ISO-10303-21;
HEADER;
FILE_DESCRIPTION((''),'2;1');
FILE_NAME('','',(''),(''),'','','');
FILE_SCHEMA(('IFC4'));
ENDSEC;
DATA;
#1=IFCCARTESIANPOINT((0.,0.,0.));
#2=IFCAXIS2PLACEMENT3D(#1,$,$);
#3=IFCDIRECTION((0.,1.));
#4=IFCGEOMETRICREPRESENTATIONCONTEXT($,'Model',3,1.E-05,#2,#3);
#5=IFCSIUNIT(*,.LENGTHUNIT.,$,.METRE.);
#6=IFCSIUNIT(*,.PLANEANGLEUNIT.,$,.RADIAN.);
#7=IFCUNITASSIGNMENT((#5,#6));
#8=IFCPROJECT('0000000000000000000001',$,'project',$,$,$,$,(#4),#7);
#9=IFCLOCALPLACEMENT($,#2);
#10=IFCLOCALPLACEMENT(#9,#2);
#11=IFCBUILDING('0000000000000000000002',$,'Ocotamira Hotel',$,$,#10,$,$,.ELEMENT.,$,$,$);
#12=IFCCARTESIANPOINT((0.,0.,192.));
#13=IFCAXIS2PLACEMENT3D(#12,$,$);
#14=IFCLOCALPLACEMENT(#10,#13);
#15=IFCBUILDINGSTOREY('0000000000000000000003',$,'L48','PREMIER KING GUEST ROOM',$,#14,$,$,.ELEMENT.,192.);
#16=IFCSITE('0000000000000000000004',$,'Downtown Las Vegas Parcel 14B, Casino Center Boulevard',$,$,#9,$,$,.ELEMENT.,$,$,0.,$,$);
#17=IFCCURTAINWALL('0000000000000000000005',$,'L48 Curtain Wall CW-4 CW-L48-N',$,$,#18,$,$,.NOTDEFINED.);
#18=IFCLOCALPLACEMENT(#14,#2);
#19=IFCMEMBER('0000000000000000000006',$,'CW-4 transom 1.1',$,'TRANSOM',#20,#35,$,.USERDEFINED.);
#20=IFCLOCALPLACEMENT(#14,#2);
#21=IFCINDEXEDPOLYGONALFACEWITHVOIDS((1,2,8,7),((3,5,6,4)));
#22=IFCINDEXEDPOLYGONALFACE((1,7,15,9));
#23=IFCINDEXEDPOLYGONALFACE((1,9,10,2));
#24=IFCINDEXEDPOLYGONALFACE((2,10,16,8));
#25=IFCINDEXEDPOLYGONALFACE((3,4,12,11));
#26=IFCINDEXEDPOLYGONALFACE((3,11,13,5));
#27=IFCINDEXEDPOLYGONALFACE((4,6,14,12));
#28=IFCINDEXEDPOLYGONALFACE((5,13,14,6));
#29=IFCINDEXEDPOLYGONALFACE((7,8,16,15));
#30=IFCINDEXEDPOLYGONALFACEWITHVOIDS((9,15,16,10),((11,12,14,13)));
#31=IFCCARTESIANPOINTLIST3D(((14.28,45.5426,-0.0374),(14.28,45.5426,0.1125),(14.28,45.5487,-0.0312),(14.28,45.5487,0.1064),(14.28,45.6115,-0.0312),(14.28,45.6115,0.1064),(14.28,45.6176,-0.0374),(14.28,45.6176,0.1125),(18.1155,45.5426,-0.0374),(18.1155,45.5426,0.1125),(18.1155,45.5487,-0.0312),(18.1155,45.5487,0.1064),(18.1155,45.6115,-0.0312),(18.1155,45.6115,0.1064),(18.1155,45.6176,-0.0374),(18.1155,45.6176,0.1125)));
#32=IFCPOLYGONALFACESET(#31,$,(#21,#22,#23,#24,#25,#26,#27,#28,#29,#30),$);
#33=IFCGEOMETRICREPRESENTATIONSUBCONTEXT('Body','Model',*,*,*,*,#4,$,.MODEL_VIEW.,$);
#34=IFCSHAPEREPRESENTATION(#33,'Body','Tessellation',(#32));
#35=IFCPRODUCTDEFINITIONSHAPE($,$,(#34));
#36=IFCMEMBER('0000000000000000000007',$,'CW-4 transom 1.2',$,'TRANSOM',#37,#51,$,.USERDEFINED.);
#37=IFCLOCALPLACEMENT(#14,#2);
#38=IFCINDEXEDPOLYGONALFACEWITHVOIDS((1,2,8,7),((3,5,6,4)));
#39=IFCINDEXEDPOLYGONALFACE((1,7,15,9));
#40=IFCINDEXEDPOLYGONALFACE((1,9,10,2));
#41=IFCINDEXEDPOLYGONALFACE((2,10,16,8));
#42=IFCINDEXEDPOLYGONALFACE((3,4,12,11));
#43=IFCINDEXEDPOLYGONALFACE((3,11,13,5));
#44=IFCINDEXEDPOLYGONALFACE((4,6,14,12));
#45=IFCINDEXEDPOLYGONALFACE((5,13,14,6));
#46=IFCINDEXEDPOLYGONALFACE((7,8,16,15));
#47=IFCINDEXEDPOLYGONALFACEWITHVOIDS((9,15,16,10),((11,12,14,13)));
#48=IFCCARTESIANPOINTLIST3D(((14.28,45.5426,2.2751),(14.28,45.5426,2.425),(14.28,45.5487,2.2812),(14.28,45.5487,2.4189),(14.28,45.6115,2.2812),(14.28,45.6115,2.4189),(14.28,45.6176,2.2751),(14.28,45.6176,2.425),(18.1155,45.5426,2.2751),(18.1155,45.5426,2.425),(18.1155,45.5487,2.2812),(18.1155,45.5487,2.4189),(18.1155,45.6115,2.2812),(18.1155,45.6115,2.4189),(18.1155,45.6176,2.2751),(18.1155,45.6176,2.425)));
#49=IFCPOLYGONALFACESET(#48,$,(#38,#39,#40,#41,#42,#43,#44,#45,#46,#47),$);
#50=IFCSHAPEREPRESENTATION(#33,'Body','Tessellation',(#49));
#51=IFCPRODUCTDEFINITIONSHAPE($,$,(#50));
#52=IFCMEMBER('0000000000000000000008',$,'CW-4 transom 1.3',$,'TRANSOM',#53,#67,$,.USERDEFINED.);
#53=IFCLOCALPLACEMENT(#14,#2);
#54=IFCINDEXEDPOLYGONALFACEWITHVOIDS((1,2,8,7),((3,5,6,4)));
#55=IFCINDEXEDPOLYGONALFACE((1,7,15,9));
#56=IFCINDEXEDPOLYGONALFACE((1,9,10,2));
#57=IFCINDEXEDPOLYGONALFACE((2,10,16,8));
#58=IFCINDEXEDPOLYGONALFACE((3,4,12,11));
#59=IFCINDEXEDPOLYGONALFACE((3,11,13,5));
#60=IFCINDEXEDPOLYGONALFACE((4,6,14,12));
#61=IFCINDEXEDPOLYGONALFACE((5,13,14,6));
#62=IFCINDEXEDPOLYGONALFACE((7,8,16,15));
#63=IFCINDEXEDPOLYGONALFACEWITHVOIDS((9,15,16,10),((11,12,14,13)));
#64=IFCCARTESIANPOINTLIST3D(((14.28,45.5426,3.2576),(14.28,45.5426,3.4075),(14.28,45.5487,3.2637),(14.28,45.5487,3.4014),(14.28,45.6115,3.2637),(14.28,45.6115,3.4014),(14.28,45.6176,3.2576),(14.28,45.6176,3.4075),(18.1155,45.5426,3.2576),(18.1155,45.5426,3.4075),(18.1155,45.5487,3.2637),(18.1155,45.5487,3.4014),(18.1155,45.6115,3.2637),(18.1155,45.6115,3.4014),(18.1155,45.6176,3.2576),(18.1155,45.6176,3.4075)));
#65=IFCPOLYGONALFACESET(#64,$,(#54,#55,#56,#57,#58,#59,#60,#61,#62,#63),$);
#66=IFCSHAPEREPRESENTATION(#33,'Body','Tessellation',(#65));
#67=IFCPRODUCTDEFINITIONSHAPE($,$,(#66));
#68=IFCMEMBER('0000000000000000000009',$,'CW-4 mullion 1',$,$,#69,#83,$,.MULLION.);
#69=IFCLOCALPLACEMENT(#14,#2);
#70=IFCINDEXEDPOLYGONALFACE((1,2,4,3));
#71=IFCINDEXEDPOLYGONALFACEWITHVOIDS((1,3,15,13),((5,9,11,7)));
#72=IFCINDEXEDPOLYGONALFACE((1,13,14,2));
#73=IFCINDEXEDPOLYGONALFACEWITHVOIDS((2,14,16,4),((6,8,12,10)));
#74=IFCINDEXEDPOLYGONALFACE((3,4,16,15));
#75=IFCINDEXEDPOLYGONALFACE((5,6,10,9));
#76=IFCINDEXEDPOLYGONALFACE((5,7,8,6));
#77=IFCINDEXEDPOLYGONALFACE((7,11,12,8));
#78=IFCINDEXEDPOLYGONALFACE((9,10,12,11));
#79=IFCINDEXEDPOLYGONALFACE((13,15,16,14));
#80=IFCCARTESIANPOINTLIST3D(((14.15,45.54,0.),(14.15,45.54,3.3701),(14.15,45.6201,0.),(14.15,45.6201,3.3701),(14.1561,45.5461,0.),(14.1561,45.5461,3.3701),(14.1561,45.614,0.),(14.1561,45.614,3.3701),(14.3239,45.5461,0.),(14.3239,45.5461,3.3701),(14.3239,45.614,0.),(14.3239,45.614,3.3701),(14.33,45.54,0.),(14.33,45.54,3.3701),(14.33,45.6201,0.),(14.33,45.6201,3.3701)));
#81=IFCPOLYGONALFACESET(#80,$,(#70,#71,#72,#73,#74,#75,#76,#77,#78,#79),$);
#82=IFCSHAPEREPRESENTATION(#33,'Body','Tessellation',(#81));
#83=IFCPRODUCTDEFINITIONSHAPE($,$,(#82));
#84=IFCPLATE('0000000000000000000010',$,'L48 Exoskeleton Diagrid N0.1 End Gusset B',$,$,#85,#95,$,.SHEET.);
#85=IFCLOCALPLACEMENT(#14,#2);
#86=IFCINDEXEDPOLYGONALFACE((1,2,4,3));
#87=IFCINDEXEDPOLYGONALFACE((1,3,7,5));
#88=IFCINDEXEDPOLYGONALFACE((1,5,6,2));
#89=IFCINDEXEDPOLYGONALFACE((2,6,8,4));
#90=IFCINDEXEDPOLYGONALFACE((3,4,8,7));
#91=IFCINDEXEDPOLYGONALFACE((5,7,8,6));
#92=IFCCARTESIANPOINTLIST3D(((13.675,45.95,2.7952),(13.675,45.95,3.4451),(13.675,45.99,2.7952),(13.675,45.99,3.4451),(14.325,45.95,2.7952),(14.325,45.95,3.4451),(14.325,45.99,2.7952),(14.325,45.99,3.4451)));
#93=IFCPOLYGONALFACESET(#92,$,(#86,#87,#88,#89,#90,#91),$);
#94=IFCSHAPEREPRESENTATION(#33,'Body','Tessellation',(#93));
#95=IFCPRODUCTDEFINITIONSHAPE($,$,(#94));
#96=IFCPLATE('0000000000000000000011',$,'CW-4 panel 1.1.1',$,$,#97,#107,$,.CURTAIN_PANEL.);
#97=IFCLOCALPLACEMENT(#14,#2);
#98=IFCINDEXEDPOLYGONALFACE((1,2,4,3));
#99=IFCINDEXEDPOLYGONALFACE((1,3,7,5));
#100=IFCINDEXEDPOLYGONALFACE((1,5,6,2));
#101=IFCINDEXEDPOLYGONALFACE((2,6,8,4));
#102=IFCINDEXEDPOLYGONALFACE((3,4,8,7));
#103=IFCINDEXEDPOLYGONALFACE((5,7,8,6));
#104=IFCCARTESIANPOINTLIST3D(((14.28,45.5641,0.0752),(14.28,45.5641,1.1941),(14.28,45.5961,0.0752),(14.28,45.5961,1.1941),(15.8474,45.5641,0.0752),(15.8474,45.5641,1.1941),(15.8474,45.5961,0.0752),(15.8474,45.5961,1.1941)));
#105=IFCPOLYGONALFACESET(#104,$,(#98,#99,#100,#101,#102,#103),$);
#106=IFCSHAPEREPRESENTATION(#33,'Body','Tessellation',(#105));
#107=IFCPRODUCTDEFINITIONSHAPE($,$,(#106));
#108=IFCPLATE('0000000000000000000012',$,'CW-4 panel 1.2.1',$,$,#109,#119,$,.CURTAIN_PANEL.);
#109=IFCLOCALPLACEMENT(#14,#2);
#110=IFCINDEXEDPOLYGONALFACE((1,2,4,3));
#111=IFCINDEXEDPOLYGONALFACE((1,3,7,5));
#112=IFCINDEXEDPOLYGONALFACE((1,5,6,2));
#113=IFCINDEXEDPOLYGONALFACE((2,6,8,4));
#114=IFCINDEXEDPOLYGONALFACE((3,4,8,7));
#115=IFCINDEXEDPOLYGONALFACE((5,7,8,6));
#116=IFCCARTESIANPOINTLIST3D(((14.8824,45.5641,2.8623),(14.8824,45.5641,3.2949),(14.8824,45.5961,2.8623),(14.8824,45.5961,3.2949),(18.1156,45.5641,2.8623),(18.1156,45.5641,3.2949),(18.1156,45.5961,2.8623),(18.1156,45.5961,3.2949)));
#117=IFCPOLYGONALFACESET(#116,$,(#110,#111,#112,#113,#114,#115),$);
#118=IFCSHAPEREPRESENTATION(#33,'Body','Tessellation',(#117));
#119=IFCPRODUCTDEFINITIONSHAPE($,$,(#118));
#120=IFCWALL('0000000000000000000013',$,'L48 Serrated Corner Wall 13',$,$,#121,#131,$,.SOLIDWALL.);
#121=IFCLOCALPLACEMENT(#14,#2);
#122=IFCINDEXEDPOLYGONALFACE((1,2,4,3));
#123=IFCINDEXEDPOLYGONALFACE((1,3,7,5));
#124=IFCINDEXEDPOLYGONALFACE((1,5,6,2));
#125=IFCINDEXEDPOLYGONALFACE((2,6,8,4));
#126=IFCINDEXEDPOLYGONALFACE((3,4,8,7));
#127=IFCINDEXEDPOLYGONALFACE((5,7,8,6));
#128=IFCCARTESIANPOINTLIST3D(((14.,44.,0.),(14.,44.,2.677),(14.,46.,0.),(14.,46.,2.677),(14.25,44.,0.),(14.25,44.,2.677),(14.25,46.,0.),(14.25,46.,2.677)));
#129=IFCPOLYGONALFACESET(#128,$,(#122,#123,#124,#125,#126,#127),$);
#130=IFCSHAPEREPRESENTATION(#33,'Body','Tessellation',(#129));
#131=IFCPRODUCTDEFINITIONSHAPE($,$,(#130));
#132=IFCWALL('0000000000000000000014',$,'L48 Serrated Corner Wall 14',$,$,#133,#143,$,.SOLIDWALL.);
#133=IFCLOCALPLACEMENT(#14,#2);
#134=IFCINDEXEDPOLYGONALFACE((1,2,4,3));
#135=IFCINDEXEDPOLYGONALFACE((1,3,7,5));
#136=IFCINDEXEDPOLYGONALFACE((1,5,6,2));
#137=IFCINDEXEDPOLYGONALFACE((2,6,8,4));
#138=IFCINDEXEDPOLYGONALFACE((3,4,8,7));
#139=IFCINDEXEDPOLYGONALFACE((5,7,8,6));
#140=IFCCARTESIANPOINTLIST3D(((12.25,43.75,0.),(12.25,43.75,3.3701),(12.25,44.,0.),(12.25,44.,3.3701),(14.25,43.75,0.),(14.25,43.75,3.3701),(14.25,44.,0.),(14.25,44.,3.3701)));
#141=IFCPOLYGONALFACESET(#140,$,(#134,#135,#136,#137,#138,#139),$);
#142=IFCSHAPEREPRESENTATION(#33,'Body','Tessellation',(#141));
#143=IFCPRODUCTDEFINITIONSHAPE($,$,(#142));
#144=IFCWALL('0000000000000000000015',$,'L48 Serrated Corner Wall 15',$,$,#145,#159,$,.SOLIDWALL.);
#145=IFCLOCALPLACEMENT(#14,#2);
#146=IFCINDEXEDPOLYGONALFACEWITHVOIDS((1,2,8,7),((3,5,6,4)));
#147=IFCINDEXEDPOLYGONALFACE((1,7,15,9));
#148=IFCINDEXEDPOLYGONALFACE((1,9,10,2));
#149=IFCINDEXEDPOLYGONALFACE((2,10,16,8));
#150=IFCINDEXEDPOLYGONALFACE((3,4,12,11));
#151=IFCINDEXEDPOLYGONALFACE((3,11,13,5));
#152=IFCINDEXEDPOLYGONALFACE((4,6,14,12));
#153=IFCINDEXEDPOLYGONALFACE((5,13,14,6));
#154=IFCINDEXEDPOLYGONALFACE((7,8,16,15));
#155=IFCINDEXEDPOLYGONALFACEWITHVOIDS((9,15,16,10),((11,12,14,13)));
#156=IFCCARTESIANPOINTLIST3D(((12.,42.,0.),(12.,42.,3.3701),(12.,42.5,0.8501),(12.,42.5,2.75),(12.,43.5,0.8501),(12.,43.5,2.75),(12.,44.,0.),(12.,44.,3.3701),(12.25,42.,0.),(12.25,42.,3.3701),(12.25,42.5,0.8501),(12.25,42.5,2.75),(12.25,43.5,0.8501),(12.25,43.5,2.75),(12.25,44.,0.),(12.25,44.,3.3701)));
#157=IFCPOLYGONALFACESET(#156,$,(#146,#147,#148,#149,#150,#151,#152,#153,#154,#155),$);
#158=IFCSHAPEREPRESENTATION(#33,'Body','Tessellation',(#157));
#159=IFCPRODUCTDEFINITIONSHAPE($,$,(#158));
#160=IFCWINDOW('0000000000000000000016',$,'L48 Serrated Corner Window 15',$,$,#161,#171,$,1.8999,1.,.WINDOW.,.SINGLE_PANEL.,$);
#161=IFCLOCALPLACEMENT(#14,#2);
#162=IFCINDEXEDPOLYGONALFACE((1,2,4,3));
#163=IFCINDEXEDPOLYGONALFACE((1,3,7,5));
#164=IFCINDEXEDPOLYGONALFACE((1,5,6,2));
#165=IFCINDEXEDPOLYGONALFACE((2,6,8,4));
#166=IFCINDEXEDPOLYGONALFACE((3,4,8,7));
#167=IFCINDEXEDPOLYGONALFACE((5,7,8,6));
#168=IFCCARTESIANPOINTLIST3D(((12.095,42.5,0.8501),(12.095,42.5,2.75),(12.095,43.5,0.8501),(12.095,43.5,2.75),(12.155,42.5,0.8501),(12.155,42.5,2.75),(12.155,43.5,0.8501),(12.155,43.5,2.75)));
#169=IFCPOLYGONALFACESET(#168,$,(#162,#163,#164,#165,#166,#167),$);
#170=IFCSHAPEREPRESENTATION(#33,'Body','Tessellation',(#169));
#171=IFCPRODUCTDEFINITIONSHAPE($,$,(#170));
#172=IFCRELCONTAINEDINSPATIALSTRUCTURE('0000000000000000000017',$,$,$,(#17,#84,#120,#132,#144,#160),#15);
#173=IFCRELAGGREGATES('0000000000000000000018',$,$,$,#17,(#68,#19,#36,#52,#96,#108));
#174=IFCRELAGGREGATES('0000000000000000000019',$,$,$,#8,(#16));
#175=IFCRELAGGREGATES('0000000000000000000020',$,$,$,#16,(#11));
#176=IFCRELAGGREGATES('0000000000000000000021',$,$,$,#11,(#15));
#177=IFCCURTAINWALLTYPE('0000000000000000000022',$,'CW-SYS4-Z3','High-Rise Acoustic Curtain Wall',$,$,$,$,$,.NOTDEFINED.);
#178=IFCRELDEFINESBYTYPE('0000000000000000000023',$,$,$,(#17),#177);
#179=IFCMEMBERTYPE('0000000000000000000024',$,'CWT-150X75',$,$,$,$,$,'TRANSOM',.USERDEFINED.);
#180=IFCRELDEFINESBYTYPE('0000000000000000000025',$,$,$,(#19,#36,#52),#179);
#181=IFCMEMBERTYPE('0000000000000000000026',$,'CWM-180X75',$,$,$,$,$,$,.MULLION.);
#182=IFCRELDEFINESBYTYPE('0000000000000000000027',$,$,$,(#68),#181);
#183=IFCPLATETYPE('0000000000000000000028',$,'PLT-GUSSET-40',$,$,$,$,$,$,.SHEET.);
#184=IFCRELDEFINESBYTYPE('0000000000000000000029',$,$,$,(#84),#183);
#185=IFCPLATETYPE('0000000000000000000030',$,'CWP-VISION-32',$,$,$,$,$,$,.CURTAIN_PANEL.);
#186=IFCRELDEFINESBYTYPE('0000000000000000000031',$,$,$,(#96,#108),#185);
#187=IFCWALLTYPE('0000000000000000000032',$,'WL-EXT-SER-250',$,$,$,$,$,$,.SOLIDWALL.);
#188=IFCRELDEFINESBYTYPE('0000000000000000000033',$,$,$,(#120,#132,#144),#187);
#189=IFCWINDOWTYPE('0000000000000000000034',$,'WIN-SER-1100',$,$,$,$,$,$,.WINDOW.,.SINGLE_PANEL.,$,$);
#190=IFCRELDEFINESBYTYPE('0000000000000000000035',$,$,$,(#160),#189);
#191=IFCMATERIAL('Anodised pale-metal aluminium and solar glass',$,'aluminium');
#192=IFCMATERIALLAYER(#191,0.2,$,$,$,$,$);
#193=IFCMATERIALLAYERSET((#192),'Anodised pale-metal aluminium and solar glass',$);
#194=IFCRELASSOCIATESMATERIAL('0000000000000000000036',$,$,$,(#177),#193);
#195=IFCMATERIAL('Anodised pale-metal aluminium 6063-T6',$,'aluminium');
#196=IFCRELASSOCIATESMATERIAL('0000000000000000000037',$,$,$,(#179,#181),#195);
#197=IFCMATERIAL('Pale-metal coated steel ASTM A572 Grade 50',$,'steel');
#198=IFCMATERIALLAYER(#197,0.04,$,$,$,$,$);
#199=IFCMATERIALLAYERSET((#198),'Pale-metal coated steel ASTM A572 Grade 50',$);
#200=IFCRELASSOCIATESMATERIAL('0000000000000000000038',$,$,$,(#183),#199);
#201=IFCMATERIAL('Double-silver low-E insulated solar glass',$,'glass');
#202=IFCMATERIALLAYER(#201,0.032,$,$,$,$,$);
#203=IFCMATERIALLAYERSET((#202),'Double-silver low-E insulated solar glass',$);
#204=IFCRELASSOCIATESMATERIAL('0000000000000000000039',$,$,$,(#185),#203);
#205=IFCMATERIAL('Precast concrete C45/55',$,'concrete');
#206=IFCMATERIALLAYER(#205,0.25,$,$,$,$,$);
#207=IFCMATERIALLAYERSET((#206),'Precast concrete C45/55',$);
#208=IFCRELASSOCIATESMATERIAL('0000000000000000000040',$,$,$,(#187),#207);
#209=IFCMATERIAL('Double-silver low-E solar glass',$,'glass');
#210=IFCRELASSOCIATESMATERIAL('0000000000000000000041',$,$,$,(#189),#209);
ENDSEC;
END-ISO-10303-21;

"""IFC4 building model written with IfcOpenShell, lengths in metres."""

from ifc_helpers import new_model, si_unit, direction, frame, frame_2d, origin, origin_2d, place, context, subcontext, project, spatial, rectangle, hollow_rectangle, extrude, source, transform, mapped, material, layer, layer_set, material_profile, profile_set, type_object, element, fill, aggregate, save


model = new_model("IFC4")

# Units and contexts
model_context = context("Model", 3, precision=1e-05, world=origin(), true_north=direction((0.0, 1.0)))
body_context = subcontext(model_context, "Body", "Model", "MODEL_VIEW")
ifc_project = project(units=[si_unit("LENGTHUNIT", "METRE"), si_unit("PLANEANGLEUNIT", "RADIAN")], contexts=[model_context])

# Site, building, storey
site_placement = place(None, origin())
site = spatial("IfcSite", under=ifc_project, at=site_placement, Name="Downtown Las Vegas Parcel 14B, Casino Center Boulevard", CompositionType="ELEMENT", RefElevation=0.0)
building_placement = place(site_placement, origin())
building = spatial("IfcBuilding", under=site, at=building_placement, Name="Ocotamira Hotel", CompositionType="ELEMENT")
storey_placement = place(building_placement, frame((0.0, 0.0, 192.0)))
storey = spatial("IfcBuildingStorey", under=building, at=storey_placement, Name="L48", Description="PREMIER KING GUEST ROOM", CompositionType="ELEMENT", Elevation=192.0)

# Curtain wall, members
ifc_material_1 = material(Name="Anodised pale-metal aluminium and solar glass", Category="aluminium")
ifc_layer_1 = layer(ifc_material_1, 0.2)
ifc_layer_set_1 = layer_set([ifc_layer_1], Name="Anodised pale-metal aluminium and solar glass")
curtain_wall_type = type_object("IfcCurtainWallType", Name="CW-SYS4-Z3", Description="High-Rise Acoustic Curtain Wall", PredefinedType="NOTDEFINED", material=ifc_layer_set_1)
curtain_wall_placement = place(storey_placement, origin())
curtain_wall = element("IfcCurtainWall", 1, at=curtain_wall_placement, inside=storey, type_object=curtain_wall_type, Name="L48 Curtain Wall CW-4 CW-L48-N", PredefinedType="NOTDEFINED")
ifc_material_2 = material(Name="Anodised pale-metal aluminium 6063-T6", Category="aluminium")
ifc_material_profile_1 = material_profile(ifc_material_2, hollow_rectangle(XDim=0.075, YDim=0.1499, WallThickness=0.0061, at=origin_2d()), Name="HSS150X75X6")
ifc_profile_set_1 = profile_set([ifc_material_profile_1], Name="Anodised pale-metal aluminium 6063-T6")
member_type_1 = type_object("IfcMemberType", Name="CWT-150X75", ElementType="TRANSOM", PredefinedType="USERDEFINED", material=ifc_profile_set_1)
shared_shape_1 = source(origin(), body_context, "Body", "SweptSolid", [
    extrude(hollow_rectangle(XDim=0.075, YDim=0.1499, WallThickness=0.0061, at=origin_2d()), origin(), (0.0, 0.0, 1.0), 3.8354),
])
member_1_placement = place(storey_placement, frame((14.28, 45.5801, 0.0376), z_axis=(1.0, 0.0, 0.0), x_axis=(0.0, 1.0, 0.0)))
member_1 = element("IfcMember", 2, at=member_1_placement, type_object=member_type_1, Name="CW-4 transom 1.1", ObjectType="TRANSOM", PredefinedType="USERDEFINED", context=body_context, shape_type="MappedRepresentation", body=[
    mapped(shared_shape_1, transform((0.0, 0.0, 0.0), scale=1.0)),
])
member_2_placement = place(storey_placement, frame((14.28, 45.5801, 2.3501), z_axis=(1.0, 0.0, 0.0), x_axis=(0.0, 1.0, 0.0)))
member_2 = element("IfcMember", 3, at=member_2_placement, type_object=member_type_1, Name="CW-4 transom 1.2", ObjectType="TRANSOM", PredefinedType="USERDEFINED", context=body_context, shape_type="MappedRepresentation", body=[
    mapped(shared_shape_1, transform((0.0, 0.0, 0.0), scale=1.0)),
])
member_3_placement = place(storey_placement, frame((14.28, 45.5801, 3.3325), z_axis=(1.0, 0.0, 0.0), x_axis=(0.0, 1.0, 0.0)))
member_3 = element("IfcMember", 4, at=member_3_placement, type_object=member_type_1, Name="CW-4 transom 1.3", ObjectType="TRANSOM", PredefinedType="USERDEFINED", context=body_context, shape_type="MappedRepresentation", body=[
    mapped(shared_shape_1, transform((0.0, 0.0, 0.0), scale=1.0)),
])
ifc_material_profile_2 = material_profile(ifc_material_2, hollow_rectangle(XDim=0.0801, YDim=0.1799, WallThickness=0.0061, at=origin_2d()), Name="HSS180X80X6")
ifc_profile_set_2 = profile_set([ifc_material_profile_2], Name="Anodised pale-metal aluminium 6063-T6")
member_type_2 = type_object("IfcMemberType", Name="CWM-180X75", PredefinedType="MULLION", material=ifc_profile_set_2)
shared_shape_2 = source(origin(), body_context, "Body", "SweptSolid", [
    extrude(hollow_rectangle(XDim=0.0801, YDim=0.1799, WallThickness=0.0061, at=origin_2d()), origin(), (0.0, 0.0, 1.0), 3.3701),
])
member_4_placement = place(storey_placement, frame((14.24, 45.5801, 0.0), z_axis=(0.0, 0.0, 1.0), x_axis=(0.0, 1.0, 0.0)))
member_4 = element("IfcMember", 5, at=member_4_placement, type_object=member_type_2, Name="CW-4 mullion 1", PredefinedType="MULLION", context=body_context, shape_type="MappedRepresentation", body=[
    mapped(shared_shape_2, transform((0.0, 0.0, 0.0), scale=1.0)),
])

# Plates
ifc_material_3 = material(Name="Pale-metal coated steel ASTM A572 Grade 50", Category="steel")
ifc_layer_2 = layer(ifc_material_3, 0.04)
ifc_layer_set_2 = layer_set([ifc_layer_2], Name="Pale-metal coated steel ASTM A572 Grade 50")
plate_type_1 = type_object("IfcPlateType", Name="PLT-GUSSET-40", PredefinedType="SHEET", material=ifc_layer_set_2)
shared_shape_3 = source(origin(), body_context, "Body", "SweptSolid", [
    extrude(rectangle(XDim=0.6499, YDim=0.04, at=origin_2d()), origin(), (0.0, 0.0, 1.0), 0.6499),
])
plate_1_placement = place(storey_placement, frame((14.0, 45.97, 2.7952), z_axis=(0.0, 0.0, 1.0), x_axis=(-1.0, 0.0, 0.0)))
element("IfcPlate", 6, at=plate_1_placement, inside=storey, type_object=plate_type_1, Name="L48 Exoskeleton Diagrid N0.1 End Gusset B", PredefinedType="SHEET", context=body_context, shape_type="MappedRepresentation", body=[
    mapped(shared_shape_3, transform((0.0, 0.0, 0.0), scale=1.0)),
])
ifc_material_4 = material(Name="Double-silver low-E insulated solar glass", Category="glass")
ifc_layer_3 = layer(ifc_material_4, 0.032)
ifc_layer_set_3 = layer_set([ifc_layer_3], Name="Double-silver low-E insulated solar glass")
plate_type_2 = type_object("IfcPlateType", Name="CWP-VISION-32", PredefinedType="CURTAIN_PANEL", material=ifc_layer_set_3)
shared_shape_4 = source(origin(), body_context, "Body", "SweptSolid", [
    extrude(rectangle(XDim=1.5674, YDim=0.032, at=origin_2d()), origin(), (0.0, 0.0, 1.0), 1.1189),
])
plate_2_placement = place(storey_placement, frame((15.0637, 45.5801, 0.0752), z_axis=(0.0, 0.0, 1.0), x_axis=(1.0, 0.0, 0.0)))
plate_2 = element("IfcPlate", 7, at=plate_2_placement, type_object=plate_type_2, Name="CW-4 panel 1.1.1", PredefinedType="CURTAIN_PANEL", context=body_context, shape_type="MappedRepresentation", body=[
    mapped(shared_shape_4, transform((0.0, 0.0, 0.0), scale=1.0)),
])
shared_shape_5 = source(origin(), body_context, "Body", "SweptSolid", [
    extrude(rectangle(XDim=3.2332, YDim=0.032, at=origin_2d()), origin(), (0.0, 0.0, 1.0), 0.4326),
])
plate_3_placement = place(storey_placement, frame((16.499, 45.5801, 2.8623), z_axis=(0.0, 0.0, 1.0), x_axis=(1.0, 0.0, 0.0)))
plate_3 = element("IfcPlate", 8, at=plate_3_placement, type_object=plate_type_2, Name="CW-4 panel 1.2.1", PredefinedType="CURTAIN_PANEL", context=body_context, shape_type="MappedRepresentation", body=[
    mapped(shared_shape_5, transform((0.0, 0.0, 0.0), scale=1.0)),
])
aggregate(curtain_wall, [member_4, member_1, member_2, member_3, plate_2, plate_3])

# Walls
ifc_material_5 = material(Name="Precast concrete C45/55", Category="concrete")
ifc_layer_4 = layer(ifc_material_5, 0.25)
ifc_layer_set_4 = layer_set([ifc_layer_4], Name="Precast concrete C45/55")
wall_type_1 = type_object("IfcWallType", Name="WL-EXT-SER-250", PredefinedType="SOLIDWALL", material=ifc_layer_set_4)
wall_1_placement = place(storey_placement, frame((14.125, 46.0, 0.0), z_axis=(0.0, 0.0, 1.0), x_axis=(0.0, -1.0, 0.0)))
element("IfcWall", 9, at=wall_1_placement, inside=storey, type_object=wall_type_1, Name="L48 Serrated Corner Wall 13", PredefinedType="SOLIDWALL", context=body_context, shape_type="SweptSolid", body=[
    extrude(rectangle(XDim=2.0, YDim=0.25, at=frame_2d((1.0, 0.0))), origin(), (0.0, 0.0, 1.0), 2.677),
])
wall_2_placement = place(storey_placement, frame((14.25, 43.875, 0.0), z_axis=(0.0, 0.0, 1.0), x_axis=(-1.0, 0.0, 0.0)))
element("IfcWall", 10, at=wall_2_placement, inside=storey, type_object=wall_type_1, Name="L48 Serrated Corner Wall 14", PredefinedType="SOLIDWALL", context=body_context, shape_type="SweptSolid", body=[
    extrude(rectangle(XDim=2.0, YDim=0.25, at=frame_2d((1.0, 0.0))), origin(), (0.0, 0.0, 1.0), 3.3701),
])

# Wall, opening, window
wall_3_placement = place(storey_placement, frame((12.125, 44.0, 0.0), z_axis=(0.0, 0.0, 1.0), x_axis=(0.0, -1.0, 0.0)))
wall_3 = element("IfcWall", 11, at=wall_3_placement, inside=storey, type_object=wall_type_1, Name="L48 Serrated Corner Wall 15", PredefinedType="SOLIDWALL", context=body_context, shape_type="SweptSolid", body=[
    extrude(rectangle(XDim=2.0, YDim=0.25, at=frame_2d((1.0, 0.0))), origin(), (0.0, 0.0, 1.0), 3.3701),
])
opening_placement = place(wall_3_placement, frame((0.5, 0.0, 0.8501)))
opening = element("IfcOpeningElement", 12, at=opening_placement, cuts=wall_3, PredefinedType="OPENING", context=body_context, shape_type="SweptSolid", body=[
    extrude(rectangle(XDim=1.0, YDim=1.8999, at=frame_2d((0.5, 0.95))), frame((0.0, 0.135, 0.0), z_axis=(0.0, -1.0, 0.0), x_axis=(1.0, 0.0, 0.0)), (0.0, 0.0, 1.0), 0.27),
])
ifc_material_6 = material(Name="Double-silver low-E solar glass", Category="glass")
window_type = type_object("IfcWindowType", Name="WIN-SER-1100", PartitioningType="SINGLE_PANEL", PredefinedType="WINDOW", material=ifc_material_6)
shared_shape_6 = source(origin(), body_context, "Body", "SweptSolid", [
    extrude(rectangle(XDim=1.0, YDim=1.8999, at=frame_2d((0.5, 0.95))), frame((0.0, 0.03, 0.0), z_axis=(0.0, -1.0, 0.0), x_axis=(1.0, 0.0, 0.0)), (0.0, 0.0, 1.0), 0.0601),
])
window_placement = place(opening_placement, origin())
window = element("IfcWindow", 13, at=window_placement, inside=storey, type_object=window_type, Name="L48 Serrated Corner Window 15", OverallHeight=1.8999, OverallWidth=1.0, PartitioningType="SINGLE_PANEL", PredefinedType="WINDOW", context=body_context, shape_type="MappedRepresentation", body=[
    mapped(shared_shape_6, transform((0.0, 0.0, 0.0), scale=1.0)),
])
fill(opening, window)

save(model, "model.ifc")
